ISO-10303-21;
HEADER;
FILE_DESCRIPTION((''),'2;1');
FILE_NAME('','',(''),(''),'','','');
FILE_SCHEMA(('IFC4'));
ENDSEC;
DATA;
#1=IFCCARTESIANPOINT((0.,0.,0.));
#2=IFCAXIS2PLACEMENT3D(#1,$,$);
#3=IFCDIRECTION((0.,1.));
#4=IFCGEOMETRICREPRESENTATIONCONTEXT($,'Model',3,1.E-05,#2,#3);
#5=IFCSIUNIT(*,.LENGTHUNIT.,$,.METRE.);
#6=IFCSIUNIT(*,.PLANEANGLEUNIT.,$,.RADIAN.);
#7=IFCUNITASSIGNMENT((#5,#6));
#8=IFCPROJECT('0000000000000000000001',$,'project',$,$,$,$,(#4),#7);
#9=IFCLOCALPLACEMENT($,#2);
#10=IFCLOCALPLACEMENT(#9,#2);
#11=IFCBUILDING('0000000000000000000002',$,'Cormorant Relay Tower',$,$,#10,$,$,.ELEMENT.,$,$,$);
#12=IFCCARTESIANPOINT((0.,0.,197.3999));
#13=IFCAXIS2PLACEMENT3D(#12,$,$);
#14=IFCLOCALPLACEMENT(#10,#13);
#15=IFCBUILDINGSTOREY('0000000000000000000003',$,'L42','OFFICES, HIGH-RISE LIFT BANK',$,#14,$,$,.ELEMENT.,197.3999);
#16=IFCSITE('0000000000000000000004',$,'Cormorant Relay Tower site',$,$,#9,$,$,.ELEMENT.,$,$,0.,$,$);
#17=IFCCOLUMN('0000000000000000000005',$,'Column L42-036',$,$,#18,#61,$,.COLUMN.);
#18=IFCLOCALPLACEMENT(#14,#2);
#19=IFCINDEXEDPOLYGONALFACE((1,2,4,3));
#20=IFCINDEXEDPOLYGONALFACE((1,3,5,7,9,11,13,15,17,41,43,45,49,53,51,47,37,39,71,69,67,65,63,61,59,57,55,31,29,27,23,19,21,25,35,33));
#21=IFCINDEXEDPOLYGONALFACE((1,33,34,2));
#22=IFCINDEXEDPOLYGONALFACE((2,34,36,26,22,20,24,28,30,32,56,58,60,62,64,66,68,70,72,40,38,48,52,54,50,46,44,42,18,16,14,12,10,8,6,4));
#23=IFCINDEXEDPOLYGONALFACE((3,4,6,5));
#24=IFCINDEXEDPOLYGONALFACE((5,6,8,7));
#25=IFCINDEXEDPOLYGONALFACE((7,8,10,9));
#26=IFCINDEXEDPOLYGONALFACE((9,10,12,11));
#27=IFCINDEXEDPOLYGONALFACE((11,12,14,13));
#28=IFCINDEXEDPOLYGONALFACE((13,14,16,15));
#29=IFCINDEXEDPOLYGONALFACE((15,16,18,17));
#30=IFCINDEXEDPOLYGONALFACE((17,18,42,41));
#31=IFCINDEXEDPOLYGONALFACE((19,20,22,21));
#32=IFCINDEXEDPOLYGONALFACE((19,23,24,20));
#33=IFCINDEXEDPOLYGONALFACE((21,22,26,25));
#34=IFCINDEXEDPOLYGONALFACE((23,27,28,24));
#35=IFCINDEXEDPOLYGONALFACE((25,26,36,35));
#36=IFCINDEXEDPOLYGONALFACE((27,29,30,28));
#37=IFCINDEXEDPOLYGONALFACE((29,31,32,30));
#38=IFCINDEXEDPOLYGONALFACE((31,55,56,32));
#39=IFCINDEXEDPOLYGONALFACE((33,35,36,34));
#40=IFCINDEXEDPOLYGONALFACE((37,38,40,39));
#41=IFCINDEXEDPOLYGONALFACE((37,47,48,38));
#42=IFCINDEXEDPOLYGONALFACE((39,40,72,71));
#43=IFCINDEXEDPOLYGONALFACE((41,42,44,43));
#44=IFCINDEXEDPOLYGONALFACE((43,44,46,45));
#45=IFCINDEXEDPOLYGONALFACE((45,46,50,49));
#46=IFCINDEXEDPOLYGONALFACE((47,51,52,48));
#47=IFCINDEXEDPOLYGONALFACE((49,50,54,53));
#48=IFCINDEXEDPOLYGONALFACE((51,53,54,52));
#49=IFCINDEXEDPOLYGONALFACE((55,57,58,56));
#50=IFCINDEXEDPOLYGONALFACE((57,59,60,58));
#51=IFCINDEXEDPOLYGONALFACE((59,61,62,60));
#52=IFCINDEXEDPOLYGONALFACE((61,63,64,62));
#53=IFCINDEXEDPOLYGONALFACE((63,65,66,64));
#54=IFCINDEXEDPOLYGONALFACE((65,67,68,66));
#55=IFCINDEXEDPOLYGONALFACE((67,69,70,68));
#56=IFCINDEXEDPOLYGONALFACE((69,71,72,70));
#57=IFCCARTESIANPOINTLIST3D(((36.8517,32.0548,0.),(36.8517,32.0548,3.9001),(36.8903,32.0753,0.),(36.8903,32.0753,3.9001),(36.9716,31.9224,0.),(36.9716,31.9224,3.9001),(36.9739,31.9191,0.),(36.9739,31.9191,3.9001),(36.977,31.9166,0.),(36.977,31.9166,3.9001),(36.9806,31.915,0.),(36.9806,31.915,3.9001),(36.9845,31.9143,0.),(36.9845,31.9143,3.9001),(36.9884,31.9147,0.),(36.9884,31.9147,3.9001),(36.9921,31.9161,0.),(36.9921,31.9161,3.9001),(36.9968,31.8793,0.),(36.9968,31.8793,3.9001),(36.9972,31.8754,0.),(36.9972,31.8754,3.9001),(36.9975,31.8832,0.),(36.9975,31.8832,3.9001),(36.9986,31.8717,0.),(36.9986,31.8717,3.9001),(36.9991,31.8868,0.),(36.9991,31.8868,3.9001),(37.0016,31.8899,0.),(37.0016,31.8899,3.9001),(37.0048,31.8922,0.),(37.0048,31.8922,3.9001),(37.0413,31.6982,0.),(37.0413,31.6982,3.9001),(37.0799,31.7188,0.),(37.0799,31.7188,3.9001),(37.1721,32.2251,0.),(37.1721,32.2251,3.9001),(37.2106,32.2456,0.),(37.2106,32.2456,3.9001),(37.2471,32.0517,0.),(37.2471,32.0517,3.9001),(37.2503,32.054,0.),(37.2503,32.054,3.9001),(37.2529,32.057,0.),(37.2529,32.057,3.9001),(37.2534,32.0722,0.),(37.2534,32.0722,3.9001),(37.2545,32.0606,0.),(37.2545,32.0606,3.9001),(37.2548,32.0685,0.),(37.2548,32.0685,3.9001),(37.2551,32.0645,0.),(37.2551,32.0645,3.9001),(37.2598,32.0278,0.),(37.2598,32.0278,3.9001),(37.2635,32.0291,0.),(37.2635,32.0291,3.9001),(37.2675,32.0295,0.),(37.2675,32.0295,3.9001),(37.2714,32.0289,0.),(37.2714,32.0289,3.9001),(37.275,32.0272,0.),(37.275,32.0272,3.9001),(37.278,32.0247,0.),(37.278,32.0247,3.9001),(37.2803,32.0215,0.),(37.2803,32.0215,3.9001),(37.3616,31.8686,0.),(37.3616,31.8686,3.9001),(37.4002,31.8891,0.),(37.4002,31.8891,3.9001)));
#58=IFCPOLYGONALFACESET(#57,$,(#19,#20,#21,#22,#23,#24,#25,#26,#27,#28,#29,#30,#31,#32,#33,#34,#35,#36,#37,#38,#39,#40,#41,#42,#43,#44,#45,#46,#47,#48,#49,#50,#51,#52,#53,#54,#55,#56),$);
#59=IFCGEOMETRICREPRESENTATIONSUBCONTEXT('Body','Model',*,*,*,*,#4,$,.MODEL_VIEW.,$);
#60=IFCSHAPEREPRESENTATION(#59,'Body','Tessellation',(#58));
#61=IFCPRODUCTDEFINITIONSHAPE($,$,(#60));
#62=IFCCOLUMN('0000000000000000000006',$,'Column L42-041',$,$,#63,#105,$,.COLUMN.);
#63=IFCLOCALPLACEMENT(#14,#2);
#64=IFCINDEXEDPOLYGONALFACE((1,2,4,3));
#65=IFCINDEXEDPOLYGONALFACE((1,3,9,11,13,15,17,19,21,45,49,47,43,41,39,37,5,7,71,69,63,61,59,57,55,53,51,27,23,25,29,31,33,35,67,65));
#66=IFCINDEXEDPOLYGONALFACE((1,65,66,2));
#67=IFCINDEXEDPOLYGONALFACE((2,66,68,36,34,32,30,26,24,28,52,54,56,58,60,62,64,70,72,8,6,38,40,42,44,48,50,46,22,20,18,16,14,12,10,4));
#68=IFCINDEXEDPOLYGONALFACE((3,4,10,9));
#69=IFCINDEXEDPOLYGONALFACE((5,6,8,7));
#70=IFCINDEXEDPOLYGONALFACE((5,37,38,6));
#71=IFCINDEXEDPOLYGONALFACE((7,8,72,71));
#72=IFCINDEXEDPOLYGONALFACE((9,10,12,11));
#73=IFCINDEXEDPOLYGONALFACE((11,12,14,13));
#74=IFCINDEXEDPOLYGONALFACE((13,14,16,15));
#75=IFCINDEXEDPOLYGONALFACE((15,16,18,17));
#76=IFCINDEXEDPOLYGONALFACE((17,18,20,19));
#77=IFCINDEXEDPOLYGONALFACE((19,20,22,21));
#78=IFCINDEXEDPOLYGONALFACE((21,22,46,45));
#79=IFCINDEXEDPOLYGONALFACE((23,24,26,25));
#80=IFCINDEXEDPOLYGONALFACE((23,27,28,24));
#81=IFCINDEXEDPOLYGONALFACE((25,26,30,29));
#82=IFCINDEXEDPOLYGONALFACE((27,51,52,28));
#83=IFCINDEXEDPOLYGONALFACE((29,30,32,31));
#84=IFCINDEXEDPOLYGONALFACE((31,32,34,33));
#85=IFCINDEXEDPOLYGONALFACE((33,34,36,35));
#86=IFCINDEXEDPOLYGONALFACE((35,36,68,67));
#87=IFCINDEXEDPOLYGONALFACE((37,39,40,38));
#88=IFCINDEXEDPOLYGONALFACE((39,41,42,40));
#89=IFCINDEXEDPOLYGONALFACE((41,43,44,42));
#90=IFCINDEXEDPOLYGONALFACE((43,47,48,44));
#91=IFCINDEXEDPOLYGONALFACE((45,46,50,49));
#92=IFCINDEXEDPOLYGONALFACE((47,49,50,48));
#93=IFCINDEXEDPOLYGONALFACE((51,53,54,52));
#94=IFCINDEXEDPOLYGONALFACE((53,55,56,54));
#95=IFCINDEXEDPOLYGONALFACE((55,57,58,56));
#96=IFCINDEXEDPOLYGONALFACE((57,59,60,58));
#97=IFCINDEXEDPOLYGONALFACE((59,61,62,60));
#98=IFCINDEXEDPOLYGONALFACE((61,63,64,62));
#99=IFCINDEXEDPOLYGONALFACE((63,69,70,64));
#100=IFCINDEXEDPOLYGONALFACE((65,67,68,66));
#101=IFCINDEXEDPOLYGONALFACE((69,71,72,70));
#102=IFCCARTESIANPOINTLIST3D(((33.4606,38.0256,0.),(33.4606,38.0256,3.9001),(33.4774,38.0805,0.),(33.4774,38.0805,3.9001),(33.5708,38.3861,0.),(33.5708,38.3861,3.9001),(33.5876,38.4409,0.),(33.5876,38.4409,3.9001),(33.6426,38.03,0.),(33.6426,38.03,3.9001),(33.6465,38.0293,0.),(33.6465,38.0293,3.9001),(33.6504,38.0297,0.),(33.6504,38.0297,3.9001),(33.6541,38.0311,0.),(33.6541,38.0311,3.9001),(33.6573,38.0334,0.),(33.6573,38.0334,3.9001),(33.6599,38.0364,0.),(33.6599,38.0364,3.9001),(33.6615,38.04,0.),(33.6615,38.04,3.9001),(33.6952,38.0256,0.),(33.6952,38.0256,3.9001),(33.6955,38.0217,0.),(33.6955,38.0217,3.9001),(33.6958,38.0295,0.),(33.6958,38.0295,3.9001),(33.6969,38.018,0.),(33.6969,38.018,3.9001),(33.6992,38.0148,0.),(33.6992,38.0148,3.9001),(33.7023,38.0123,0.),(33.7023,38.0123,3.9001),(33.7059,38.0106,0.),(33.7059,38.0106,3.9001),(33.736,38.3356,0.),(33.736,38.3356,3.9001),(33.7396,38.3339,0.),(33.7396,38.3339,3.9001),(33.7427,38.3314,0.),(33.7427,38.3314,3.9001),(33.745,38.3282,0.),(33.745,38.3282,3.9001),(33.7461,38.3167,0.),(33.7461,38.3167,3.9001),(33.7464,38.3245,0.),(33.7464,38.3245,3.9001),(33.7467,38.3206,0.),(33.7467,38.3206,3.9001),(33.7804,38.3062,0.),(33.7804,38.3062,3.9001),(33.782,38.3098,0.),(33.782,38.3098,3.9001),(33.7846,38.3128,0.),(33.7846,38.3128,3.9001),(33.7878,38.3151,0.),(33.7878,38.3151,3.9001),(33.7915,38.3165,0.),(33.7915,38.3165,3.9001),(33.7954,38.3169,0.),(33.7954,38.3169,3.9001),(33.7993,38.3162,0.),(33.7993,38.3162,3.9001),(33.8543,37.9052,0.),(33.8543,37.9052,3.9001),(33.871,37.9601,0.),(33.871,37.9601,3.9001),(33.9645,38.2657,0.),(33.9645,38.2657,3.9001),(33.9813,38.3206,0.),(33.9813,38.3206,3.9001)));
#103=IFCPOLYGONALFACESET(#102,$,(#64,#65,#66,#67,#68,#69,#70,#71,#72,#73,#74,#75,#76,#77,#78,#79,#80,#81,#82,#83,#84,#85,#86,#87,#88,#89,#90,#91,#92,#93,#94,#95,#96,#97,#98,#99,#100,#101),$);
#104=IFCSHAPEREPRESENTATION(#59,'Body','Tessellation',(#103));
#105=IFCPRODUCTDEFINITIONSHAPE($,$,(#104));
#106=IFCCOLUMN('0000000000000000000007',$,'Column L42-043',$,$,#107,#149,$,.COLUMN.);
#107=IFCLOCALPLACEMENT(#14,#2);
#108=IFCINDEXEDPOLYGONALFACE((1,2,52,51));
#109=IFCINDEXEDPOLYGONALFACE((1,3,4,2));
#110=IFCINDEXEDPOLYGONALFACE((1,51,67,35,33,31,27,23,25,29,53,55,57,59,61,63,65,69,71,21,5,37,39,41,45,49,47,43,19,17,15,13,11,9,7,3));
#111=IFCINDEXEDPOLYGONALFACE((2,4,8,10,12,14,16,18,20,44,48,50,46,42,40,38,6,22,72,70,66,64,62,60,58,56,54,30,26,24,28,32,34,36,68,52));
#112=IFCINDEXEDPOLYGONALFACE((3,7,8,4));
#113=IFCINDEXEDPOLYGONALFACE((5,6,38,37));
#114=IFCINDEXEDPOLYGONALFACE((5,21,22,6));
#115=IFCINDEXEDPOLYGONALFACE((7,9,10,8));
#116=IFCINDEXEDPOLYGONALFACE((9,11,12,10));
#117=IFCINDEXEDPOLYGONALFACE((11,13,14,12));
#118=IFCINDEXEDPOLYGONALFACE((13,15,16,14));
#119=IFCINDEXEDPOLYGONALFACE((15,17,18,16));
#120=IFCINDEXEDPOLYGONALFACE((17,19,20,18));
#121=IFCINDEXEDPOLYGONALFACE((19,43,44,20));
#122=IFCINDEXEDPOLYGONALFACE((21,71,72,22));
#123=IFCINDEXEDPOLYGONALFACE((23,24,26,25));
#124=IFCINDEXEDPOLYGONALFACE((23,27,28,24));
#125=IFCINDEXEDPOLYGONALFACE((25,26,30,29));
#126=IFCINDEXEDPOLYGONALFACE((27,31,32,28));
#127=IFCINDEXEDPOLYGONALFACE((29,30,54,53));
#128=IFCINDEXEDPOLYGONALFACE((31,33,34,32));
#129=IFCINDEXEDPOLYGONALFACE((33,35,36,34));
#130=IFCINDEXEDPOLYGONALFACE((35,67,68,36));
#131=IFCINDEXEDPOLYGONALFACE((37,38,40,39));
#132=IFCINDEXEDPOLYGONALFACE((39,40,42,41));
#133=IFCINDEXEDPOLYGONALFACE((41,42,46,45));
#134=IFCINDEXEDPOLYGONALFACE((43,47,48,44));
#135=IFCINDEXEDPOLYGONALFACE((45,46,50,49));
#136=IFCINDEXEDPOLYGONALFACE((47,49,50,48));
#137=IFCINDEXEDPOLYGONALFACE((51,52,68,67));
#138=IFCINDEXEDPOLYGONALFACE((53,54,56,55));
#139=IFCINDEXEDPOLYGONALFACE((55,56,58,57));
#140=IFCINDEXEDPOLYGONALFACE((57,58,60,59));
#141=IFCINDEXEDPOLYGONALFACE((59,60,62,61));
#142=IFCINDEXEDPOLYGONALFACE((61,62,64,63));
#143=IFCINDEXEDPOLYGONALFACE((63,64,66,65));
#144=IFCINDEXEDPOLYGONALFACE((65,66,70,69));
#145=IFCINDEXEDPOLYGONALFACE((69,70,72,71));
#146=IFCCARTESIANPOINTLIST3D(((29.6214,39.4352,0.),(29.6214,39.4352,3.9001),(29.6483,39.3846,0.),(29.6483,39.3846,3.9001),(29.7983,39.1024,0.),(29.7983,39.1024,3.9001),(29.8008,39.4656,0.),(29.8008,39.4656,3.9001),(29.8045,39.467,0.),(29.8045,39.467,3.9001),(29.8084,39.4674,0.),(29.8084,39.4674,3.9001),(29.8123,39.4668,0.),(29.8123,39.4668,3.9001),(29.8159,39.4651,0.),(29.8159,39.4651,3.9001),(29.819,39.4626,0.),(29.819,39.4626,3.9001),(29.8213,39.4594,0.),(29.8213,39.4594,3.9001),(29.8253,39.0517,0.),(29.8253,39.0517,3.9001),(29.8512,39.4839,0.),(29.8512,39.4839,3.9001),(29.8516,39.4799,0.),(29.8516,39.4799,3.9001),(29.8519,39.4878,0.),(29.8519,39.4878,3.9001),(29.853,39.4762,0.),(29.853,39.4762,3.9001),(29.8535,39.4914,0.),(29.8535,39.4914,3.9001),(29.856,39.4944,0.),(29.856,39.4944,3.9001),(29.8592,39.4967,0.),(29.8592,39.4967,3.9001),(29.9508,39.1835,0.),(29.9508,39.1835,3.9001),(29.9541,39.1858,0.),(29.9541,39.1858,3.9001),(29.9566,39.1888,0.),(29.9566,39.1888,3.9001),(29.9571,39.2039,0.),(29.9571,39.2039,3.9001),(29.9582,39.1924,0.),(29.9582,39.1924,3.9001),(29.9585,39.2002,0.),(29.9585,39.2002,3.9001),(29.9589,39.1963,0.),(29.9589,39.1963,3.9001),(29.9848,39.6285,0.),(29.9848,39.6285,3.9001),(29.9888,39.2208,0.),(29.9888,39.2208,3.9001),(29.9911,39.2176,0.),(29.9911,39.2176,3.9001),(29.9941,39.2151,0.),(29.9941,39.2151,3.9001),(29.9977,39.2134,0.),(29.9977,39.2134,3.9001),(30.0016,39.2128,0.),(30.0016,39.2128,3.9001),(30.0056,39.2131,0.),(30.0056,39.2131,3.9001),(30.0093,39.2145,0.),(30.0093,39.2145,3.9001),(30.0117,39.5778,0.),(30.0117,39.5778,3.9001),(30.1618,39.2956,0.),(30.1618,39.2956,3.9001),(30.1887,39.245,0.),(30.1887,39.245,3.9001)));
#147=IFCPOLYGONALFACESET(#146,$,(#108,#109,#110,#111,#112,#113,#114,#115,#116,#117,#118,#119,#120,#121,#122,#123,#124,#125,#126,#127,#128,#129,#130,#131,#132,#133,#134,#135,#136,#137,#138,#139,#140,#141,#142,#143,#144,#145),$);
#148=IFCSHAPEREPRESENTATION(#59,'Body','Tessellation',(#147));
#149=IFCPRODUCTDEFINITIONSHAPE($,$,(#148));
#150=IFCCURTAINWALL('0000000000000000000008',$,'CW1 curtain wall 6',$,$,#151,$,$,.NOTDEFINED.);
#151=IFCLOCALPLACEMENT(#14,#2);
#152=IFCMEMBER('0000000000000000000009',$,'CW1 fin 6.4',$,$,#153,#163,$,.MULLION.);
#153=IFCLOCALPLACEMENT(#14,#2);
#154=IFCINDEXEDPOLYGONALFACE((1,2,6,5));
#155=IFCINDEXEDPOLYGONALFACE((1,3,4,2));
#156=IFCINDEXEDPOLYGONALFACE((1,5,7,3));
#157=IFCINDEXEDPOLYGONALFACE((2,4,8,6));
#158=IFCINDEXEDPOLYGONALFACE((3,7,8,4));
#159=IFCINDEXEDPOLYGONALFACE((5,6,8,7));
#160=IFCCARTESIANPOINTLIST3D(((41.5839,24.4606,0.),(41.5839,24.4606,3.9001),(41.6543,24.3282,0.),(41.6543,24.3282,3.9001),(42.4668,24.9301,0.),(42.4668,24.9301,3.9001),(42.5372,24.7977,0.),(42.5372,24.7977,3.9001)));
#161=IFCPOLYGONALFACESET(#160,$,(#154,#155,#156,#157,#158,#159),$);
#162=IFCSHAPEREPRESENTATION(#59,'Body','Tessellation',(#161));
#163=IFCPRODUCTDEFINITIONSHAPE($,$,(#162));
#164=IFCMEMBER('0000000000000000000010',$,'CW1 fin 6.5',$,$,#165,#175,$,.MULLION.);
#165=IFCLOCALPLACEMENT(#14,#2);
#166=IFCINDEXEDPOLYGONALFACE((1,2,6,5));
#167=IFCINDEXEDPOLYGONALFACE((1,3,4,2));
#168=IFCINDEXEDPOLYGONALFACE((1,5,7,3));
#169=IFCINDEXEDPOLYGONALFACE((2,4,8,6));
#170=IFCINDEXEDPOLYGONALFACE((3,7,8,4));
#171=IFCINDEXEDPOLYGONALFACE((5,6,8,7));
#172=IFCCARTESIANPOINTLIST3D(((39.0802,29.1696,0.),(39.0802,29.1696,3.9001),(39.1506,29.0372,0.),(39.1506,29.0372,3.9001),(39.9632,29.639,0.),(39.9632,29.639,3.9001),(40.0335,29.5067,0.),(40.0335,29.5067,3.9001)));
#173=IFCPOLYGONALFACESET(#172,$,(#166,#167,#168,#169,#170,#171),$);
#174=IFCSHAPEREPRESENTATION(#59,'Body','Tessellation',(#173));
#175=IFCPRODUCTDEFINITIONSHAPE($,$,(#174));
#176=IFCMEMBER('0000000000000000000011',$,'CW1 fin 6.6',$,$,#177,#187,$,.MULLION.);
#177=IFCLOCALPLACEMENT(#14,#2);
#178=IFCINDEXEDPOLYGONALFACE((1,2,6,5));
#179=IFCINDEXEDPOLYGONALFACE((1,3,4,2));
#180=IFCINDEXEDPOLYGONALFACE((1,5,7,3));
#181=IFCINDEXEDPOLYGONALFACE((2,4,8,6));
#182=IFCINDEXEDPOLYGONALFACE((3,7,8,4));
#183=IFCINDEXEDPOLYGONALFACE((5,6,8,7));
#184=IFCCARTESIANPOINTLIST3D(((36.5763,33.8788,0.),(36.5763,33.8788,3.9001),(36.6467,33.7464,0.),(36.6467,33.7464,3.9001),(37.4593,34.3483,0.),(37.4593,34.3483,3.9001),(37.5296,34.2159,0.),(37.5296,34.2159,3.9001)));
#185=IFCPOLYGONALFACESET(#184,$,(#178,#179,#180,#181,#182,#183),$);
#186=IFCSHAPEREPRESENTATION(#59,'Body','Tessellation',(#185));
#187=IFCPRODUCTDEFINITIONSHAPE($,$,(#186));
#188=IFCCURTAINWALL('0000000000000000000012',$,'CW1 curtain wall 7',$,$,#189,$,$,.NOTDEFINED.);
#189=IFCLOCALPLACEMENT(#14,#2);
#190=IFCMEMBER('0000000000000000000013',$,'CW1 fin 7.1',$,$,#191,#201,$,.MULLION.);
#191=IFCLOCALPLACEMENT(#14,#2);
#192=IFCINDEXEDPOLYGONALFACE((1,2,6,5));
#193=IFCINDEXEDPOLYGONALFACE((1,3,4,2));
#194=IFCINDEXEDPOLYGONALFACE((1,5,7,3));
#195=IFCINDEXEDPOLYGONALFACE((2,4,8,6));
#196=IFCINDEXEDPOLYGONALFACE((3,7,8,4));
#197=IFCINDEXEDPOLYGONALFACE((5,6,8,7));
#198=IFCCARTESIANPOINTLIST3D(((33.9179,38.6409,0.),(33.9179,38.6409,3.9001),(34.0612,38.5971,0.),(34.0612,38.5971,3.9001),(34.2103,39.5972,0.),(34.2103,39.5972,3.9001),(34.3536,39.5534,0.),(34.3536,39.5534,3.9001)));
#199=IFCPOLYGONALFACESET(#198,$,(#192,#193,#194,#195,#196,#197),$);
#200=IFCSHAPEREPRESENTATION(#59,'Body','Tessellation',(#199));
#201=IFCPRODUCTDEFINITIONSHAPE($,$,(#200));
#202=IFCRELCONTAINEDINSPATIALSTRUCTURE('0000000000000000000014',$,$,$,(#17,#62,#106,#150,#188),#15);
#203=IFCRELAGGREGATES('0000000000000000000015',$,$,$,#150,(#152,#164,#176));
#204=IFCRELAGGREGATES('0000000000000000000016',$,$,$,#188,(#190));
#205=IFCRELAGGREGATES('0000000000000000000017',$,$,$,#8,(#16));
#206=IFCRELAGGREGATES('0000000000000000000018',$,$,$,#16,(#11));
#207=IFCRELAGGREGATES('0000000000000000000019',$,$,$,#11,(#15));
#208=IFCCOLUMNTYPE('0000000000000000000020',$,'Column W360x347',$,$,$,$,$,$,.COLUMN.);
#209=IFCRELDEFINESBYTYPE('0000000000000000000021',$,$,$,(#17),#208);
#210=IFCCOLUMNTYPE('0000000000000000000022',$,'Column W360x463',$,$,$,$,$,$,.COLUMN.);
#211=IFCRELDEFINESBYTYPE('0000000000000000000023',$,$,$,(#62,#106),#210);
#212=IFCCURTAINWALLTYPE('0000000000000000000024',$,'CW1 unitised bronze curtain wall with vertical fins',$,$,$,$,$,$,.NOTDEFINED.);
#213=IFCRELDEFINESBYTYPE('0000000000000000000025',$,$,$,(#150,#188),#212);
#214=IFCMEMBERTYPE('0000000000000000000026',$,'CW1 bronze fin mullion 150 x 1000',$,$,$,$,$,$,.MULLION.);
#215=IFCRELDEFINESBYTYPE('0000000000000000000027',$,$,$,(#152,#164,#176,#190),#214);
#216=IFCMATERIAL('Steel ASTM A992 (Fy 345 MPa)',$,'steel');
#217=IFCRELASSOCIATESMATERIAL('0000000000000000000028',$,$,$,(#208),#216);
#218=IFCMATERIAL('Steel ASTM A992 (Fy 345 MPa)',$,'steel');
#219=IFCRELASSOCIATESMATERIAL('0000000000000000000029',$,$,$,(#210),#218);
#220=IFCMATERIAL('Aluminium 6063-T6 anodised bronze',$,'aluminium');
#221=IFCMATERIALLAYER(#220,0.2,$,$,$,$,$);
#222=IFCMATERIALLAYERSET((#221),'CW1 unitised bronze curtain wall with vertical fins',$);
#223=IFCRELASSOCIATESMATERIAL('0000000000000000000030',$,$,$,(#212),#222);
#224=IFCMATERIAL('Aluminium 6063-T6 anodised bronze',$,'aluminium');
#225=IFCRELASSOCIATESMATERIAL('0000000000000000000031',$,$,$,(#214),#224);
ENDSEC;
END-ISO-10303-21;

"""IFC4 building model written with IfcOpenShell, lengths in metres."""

from ifc_helpers import new_model, si_unit, direction, frame, origin, origin_2d, place, context, subcontext, project, spatial, rectangle, i_section, extrude, material, layer, layer_set, material_profile, profile_set, type_object, element, aggregate, save


model = new_model("IFC4")

# Units and contexts
model_context = context("Model", 3, precision=1e-05, world=origin(), true_north=direction((0.0, 1.0)))
body_context = subcontext(model_context, "Body", "Model", "MODEL_VIEW")
ifc_project = project(units=[si_unit("LENGTHUNIT", "METRE"), si_unit("PLANEANGLEUNIT", "RADIAN")], contexts=[model_context])

# Site, building, storey
site_placement = place(None, origin())
site = spatial("IfcSite", under=ifc_project, at=site_placement, Name="Cormorant Relay Tower site", CompositionType="ELEMENT", RefElevation=0.0)
building_placement = place(site_placement, origin())
building = spatial("IfcBuilding", under=site, at=building_placement, Name="Cormorant Relay Tower", CompositionType="ELEMENT")
storey_placement = place(building_placement, frame((0.0, 0.0, 197.3999)))
storey = spatial("IfcBuildingStorey", under=building, at=storey_placement, Name="L42", Description="OFFICES, HIGH-RISE LIFT BANK", CompositionType="ELEMENT", Elevation=197.3999)

# Columns
ifc_material_1 = material(Name="Steel ASTM A992 (Fy 345 MPa)", Category="steel")
ifc_material_profile_1 = material_profile(ifc_material_1, i_section(OverallWidth=0.4038, OverallDepth=0.4065, WebThickness=0.0271, FlangeThickness=0.0437, FilletRadius=0.0151, at=origin_2d()), Name="W360x347")
ifc_profile_set_1 = profile_set([ifc_material_profile_1], Name="Steel ASTM A992 (Fy 345 MPa)")
column_type_1 = type_object("IfcColumnType", Name="Column W360x347", PredefinedType="COLUMN", material=ifc_profile_set_1)
column_placement = place(storey_placement, frame((37.126, 31.9719, 0.0), z_axis=(0.0, 0.0, 1.0), x_axis=(-0.469472, 0.882948, 0.0)))
element("IfcColumn", 1, at=column_placement, inside=storey, type_object=column_type_1, Name="Column L42-036", PredefinedType="COLUMN", context=body_context, shape_type="SweptSolid", body=[
    extrude(i_section(OverallWidth=0.4038, OverallDepth=0.4065, WebThickness=0.0271, FlangeThickness=0.0437, FilletRadius=0.0151, at=origin_2d()), origin(), (0.0, 0.0, 1.0), 3.9001),
])
ifc_material_2 = material(Name="Steel ASTM A992 (Fy 345 MPa)", Category="steel")
ifc_material_profile_2 = material_profile(ifc_material_2, i_section(OverallWidth=0.4116, OverallDepth=0.4343, WebThickness=0.0359, FlangeThickness=0.0574, FilletRadius=0.0151, at=origin_2d()), Name="W360x463")
ifc_profile_set_2 = profile_set([ifc_material_profile_2], Name="Steel ASTM A992 (Fy 345 MPa)")
column_type_2 = type_object("IfcColumnType", Name="Column W360x463", PredefinedType="COLUMN", material=ifc_profile_set_2)
for number, where, z_axis, x_axis, name in (
    (2, (33.7209, 38.1731, 0.0), (0.0, 0.0, 1.0), (-0.956305, 0.292372, 0.0), "Column L42-041"),
    (3, (29.905, 39.3401, 0.0), (0.0, 0.0, 1.0), (-0.882948, -0.469472, 0.0), "Column L42-043"),
):
    element("IfcColumn", number, at=place(storey_placement, frame(where, z_axis=z_axis, x_axis=x_axis)), inside=storey, type_object=column_type_2, Name=name, PredefinedType="COLUMN", context=body_context, shape_type="SweptSolid", body=[
        extrude(i_section(OverallWidth=0.4116, OverallDepth=0.4343, WebThickness=0.0359, FlangeThickness=0.0574, FilletRadius=0.0151, at=origin_2d()), origin(), (0.0, 0.0, 1.0), 3.9001),
    ])

# Curtain wall, members
ifc_material_3 = material(Name="Aluminium 6063-T6 anodised bronze", Category="aluminium")
ifc_layer_1 = layer(ifc_material_3, 0.2)
ifc_layer_set_1 = layer_set([ifc_layer_1], Name="CW1 unitised bronze curtain wall with vertical fins")
curtain_wall_type = type_object("IfcCurtainWallType", Name="CW1 unitised bronze curtain wall with vertical fins", PredefinedType="NOTDEFINED", material=ifc_layer_set_1)
curtain_wall_1_placement = place(storey_placement, origin())
curtain_wall_1 = element("IfcCurtainWall", 4, at=curtain_wall_1_placement, inside=storey, type_object=curtain_wall_type, Name="CW1 curtain wall 6", PredefinedType="NOTDEFINED")
ifc_material_4 = material(Name="Aluminium 6063-T6 anodised bronze", Category="aluminium")
ifc_material_profile_3 = material_profile(ifc_material_4, rectangle(XDim=0.1499, YDim=1.0, at=origin_2d()), Name="AL 150x1000")
ifc_profile_set_3 = profile_set([ifc_material_profile_3], Name="Aluminium 6063-T6 anodised bronze")
member_type_1 = type_object("IfcMemberType", Name="CW1 bronze fin mullion 150 x 1000", PredefinedType="MULLION", material=ifc_profile_set_3)
member_1_placement = place(storey_placement, frame((42.0605, 24.6292, 0.0), z_axis=(0.0, 0.0, 1.0), x_axis=(-0.469472, 0.882948, 0.0)))
member_1 = element("IfcMember", 5, at=member_1_placement, type_object=member_type_1, Name="CW1 fin 6.4", PredefinedType="MULLION", context=body_context, shape_type="SweptSolid", body=[
    extrude(rectangle(XDim=0.1499, YDim=1.0, at=origin_2d()), origin(), (0.0, 0.0, 1.0), 3.9001),
])
member_2_placement = place(storey_placement, frame((39.5569, 29.3381, 0.0), z_axis=(0.0, 0.0, 1.0), x_axis=(-0.469472, 0.882948, 0.0)))
member_2 = element("IfcMember", 6, at=member_2_placement, type_object=member_type_1, Name="CW1 fin 6.5", PredefinedType="MULLION", context=body_context, shape_type="SweptSolid", body=[
    extrude(rectangle(XDim=0.1499, YDim=1.0, at=origin_2d()), origin(), (0.0, 0.0, 1.0), 3.9001),
])
member_3_placement = place(storey_placement, frame((37.053, 34.0474, 0.0), z_axis=(0.0, 0.0, 1.0), x_axis=(-0.469472, 0.882948, 0.0)))
member_3 = element("IfcMember", 7, at=member_3_placement, type_object=member_type_1, Name="CW1 fin 6.6", PredefinedType="MULLION", context=body_context, shape_type="SweptSolid", body=[
    extrude(rectangle(XDim=0.1499, YDim=1.0, at=origin_2d()), origin(), (0.0, 0.0, 1.0), 3.9001),
])

# Curtain wall, member
curtain_wall_2_placement = place(storey_placement, origin())
curtain_wall_2 = element("IfcCurtainWall", 8, at=curtain_wall_2_placement, inside=storey, type_object=curtain_wall_type, Name="CW1 curtain wall 7", PredefinedType="NOTDEFINED")
member_4_placement = place(storey_placement, frame((34.1357, 39.0972, 0.0), z_axis=(0.0, 0.0, 1.0), x_axis=(-0.956305, 0.292372, 0.0)))
member_4 = element("IfcMember", 9, at=member_4_placement, type_object=member_type_1, Name="CW1 fin 7.1", PredefinedType="MULLION", context=body_context, shape_type="SweptSolid", body=[
    extrude(rectangle(XDim=0.1499, YDim=1.0, at=origin_2d()), origin(), (0.0, 0.0, 1.0), 3.9001),
])

aggregate(curtain_wall_1, [member_1, member_2, member_3])
aggregate(curtain_wall_2, [member_4])

save(model, "model.ifc")
